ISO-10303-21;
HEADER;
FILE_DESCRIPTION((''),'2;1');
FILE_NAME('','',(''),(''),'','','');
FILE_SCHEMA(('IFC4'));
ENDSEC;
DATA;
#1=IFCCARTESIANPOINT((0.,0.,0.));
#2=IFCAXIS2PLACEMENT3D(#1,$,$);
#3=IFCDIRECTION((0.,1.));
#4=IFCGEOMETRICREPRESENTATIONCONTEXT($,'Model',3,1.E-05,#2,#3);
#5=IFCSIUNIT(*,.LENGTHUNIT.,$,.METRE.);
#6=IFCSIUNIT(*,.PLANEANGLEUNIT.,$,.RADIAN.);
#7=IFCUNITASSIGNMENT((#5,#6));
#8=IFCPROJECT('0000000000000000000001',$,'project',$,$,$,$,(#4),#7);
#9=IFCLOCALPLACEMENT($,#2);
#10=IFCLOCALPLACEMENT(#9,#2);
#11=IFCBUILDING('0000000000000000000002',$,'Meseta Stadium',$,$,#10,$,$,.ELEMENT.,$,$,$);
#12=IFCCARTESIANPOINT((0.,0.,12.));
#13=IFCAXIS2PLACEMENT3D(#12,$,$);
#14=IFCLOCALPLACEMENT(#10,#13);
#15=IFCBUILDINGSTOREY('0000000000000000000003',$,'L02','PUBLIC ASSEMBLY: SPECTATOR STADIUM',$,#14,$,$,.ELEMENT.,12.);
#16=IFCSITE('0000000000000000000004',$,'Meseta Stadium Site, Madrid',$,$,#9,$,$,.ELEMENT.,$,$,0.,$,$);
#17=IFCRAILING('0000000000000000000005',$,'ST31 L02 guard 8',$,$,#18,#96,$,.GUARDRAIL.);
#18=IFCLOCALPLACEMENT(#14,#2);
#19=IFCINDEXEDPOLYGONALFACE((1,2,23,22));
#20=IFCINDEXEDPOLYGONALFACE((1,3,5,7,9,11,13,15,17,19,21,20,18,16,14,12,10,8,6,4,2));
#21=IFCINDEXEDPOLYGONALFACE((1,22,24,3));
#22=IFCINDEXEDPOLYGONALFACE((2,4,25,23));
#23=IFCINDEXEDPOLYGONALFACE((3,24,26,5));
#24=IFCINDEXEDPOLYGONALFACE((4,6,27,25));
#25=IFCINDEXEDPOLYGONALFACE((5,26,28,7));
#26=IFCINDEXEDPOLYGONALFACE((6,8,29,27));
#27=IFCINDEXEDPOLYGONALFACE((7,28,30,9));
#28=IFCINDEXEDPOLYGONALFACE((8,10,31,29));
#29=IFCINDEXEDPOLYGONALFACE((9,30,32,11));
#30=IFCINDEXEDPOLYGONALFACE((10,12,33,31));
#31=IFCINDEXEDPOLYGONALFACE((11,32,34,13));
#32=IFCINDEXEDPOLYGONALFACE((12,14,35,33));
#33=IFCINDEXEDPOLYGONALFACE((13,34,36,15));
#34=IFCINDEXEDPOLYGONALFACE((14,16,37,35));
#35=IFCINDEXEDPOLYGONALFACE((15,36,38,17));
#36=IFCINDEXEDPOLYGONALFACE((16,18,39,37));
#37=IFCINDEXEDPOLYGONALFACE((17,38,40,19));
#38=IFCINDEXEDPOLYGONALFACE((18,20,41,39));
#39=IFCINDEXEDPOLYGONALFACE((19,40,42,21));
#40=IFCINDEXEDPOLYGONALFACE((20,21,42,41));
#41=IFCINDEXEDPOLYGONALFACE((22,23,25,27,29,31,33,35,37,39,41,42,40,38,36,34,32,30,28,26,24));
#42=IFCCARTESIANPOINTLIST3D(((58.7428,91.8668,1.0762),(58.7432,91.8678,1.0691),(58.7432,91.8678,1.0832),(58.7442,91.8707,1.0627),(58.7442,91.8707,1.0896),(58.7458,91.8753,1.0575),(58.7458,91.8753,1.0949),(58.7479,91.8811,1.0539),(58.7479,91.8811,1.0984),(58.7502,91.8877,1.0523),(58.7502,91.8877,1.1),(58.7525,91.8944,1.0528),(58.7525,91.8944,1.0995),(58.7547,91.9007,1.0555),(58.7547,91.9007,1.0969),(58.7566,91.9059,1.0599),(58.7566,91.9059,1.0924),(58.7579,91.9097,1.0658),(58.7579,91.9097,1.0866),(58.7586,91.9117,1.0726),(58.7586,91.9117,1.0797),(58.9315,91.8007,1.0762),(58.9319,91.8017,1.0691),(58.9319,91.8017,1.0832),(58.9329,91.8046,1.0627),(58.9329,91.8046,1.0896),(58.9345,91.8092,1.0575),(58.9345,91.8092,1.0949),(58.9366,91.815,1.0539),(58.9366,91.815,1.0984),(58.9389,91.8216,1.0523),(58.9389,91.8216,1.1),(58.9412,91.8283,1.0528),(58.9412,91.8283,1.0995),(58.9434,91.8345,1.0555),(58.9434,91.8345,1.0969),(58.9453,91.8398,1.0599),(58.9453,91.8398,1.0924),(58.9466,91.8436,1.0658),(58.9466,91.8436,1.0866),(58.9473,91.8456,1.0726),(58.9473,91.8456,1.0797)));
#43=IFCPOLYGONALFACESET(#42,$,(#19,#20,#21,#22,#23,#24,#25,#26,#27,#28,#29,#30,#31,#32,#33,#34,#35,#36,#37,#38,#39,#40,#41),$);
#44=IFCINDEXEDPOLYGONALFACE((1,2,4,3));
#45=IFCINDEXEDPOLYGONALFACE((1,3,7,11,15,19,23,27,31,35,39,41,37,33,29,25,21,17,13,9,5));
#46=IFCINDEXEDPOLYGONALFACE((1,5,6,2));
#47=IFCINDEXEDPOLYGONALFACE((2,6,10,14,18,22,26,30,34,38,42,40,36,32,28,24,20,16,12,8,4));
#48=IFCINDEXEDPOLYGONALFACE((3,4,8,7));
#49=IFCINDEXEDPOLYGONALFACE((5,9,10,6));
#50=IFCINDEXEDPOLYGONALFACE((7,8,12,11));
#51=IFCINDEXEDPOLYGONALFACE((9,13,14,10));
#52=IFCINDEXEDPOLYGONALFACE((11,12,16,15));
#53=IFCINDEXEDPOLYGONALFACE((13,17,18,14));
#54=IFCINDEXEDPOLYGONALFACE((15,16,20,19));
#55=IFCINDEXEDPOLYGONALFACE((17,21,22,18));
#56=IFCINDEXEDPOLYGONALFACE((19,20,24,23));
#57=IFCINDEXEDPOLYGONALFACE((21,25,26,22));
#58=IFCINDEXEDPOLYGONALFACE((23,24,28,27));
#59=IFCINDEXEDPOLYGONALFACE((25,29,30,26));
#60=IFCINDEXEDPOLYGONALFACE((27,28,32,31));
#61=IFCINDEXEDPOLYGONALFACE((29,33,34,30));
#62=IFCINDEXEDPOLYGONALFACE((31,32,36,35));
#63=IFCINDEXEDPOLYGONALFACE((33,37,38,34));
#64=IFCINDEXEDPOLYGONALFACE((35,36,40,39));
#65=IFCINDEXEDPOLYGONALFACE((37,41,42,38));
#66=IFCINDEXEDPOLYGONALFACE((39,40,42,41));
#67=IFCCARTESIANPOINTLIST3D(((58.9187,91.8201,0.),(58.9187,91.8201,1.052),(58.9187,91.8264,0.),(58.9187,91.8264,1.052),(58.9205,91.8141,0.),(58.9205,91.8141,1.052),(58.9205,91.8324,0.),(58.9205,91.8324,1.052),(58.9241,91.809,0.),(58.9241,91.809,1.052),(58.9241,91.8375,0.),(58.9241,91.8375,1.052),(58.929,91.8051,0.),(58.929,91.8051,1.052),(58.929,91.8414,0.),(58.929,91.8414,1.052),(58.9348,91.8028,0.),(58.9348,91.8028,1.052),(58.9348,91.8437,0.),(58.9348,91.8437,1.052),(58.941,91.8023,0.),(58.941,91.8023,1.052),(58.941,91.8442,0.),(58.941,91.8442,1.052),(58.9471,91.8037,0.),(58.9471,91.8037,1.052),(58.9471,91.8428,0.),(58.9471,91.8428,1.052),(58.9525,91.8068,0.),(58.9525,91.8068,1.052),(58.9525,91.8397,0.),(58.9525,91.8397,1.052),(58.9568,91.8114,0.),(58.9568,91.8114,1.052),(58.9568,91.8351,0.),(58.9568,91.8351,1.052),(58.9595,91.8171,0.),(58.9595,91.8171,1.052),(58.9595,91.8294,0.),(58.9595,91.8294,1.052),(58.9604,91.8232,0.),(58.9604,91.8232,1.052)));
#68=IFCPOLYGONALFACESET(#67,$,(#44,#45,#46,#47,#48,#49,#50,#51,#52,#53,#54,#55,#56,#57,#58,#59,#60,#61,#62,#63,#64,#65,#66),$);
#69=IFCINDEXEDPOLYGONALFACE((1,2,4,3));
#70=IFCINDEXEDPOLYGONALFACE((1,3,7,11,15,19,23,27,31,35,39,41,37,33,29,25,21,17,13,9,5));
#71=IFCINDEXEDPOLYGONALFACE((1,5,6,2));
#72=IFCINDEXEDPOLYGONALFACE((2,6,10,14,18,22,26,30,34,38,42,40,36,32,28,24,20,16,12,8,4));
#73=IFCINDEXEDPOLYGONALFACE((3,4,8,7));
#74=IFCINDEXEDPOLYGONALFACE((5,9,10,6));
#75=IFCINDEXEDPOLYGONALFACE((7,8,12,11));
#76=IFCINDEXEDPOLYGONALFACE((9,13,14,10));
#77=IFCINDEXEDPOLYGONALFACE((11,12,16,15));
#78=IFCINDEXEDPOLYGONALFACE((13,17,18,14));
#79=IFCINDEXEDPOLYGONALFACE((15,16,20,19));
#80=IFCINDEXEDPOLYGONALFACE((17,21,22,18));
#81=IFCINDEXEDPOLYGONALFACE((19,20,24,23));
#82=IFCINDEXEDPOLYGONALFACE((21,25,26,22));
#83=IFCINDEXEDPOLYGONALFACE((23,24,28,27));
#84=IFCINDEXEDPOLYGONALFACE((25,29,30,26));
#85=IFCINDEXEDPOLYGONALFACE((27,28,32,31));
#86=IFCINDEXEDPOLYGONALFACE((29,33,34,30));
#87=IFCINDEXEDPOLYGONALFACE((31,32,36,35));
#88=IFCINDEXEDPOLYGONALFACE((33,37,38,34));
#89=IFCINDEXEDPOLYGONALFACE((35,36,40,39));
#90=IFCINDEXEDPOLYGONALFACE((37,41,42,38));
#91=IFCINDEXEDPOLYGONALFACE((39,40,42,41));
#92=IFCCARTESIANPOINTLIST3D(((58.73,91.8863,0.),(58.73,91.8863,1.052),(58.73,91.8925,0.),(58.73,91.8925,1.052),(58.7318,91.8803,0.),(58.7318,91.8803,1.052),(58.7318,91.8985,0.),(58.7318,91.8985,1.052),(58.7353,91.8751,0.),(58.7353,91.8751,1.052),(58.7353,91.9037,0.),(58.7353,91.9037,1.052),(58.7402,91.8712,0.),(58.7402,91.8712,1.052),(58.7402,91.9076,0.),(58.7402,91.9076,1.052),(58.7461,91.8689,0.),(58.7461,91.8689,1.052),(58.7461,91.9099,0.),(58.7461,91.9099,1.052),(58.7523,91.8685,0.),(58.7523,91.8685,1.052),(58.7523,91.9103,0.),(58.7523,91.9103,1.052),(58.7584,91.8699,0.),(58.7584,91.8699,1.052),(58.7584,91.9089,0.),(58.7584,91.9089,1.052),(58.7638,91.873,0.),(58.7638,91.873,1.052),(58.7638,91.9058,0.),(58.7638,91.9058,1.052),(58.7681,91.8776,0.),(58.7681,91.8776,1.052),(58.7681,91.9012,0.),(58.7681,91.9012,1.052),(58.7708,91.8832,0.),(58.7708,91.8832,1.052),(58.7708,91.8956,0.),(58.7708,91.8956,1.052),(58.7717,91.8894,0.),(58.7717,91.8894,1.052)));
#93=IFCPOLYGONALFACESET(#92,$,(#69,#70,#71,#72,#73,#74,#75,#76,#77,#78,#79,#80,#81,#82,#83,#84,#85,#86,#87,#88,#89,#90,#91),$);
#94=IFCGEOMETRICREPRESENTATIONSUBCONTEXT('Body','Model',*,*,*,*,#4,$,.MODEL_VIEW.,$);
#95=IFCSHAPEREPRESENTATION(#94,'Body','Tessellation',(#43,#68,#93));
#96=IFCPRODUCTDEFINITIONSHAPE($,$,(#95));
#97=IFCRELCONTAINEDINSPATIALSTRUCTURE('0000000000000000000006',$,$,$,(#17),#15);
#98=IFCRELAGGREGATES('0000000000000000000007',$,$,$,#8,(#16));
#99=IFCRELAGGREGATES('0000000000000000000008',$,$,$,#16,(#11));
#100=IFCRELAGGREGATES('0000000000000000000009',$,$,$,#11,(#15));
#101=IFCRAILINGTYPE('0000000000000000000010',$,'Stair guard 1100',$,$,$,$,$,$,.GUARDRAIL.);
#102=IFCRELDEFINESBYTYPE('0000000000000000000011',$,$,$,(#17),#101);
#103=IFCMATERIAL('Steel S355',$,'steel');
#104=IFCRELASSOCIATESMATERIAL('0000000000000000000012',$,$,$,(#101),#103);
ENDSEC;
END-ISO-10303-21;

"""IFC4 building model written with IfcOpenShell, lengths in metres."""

from ifc_helpers import new_model, si_unit, direction, frame, origin, origin_2d, place, context, subcontext, project, spatial, circle, extrude, material, type_object, element, save


model = new_model("IFC4")

# Units and contexts
model_context = context("Model", 3, precision=1e-05, world=origin(), true_north=direction((0.0, 1.0)))
body_context = subcontext(model_context, "Body", "Model", "MODEL_VIEW")
ifc_project = project(units=[si_unit("LENGTHUNIT", "METRE"), si_unit("PLANEANGLEUNIT", "RADIAN")], contexts=[model_context])

# Site, building, storey
site_placement = place(None, origin())
site = spatial("IfcSite", under=ifc_project, at=site_placement, Name="Meseta Stadium Site, Madrid", CompositionType="ELEMENT", RefElevation=0.0)
building_placement = place(site_placement, origin())
building = spatial("IfcBuilding", under=site, at=building_placement, Name="Meseta Stadium", CompositionType="ELEMENT")
storey_placement = place(building_placement, frame((0.0, 0.0, 12.0)))
storey = spatial("IfcBuildingStorey", under=building, at=storey_placement, Name="L02", Description="PUBLIC ASSEMBLY: SPECTATOR STADIUM", CompositionType="ELEMENT", Elevation=12.0)

# Railing
ifc_material_1 = material(Name="Steel S355", Category="steel")
railing_type_1 = type_object("IfcRailingType", Name="Stair guard 1100", PredefinedType="GUARDRAIL", material=ifc_material_1)
railing_1_placement = place(storey_placement, frame((58.9395, 91.8232, 0.0)))
element("IfcRailing", 1, at=railing_1_placement, inside=storey, type_object=railing_type_1, Name="ST31 L02 guard 8", PredefinedType="GUARDRAIL", context=body_context, shape_type="SweptSolid", body=[
    extrude(circle(Radius=0.0239, at=origin_2d()), frame((0.0, 0.0, 1.0762), z_axis=(-0.943687, 0.33084, 0.0), x_axis=(-0.33084, -0.943687, 0.0)), (0.0, 0.0, 1.0), 0.2),
    extrude(circle(Radius=0.021, at=origin_2d()), origin(), (0.0, 0.0, 1.0), 1.052),
    extrude(circle(Radius=0.021, at=origin_2d()), frame((-0.1887, 0.0662, 0.0)), (0.0, 0.0, 1.0), 1.052),
])

save(model, "model.ifc")
